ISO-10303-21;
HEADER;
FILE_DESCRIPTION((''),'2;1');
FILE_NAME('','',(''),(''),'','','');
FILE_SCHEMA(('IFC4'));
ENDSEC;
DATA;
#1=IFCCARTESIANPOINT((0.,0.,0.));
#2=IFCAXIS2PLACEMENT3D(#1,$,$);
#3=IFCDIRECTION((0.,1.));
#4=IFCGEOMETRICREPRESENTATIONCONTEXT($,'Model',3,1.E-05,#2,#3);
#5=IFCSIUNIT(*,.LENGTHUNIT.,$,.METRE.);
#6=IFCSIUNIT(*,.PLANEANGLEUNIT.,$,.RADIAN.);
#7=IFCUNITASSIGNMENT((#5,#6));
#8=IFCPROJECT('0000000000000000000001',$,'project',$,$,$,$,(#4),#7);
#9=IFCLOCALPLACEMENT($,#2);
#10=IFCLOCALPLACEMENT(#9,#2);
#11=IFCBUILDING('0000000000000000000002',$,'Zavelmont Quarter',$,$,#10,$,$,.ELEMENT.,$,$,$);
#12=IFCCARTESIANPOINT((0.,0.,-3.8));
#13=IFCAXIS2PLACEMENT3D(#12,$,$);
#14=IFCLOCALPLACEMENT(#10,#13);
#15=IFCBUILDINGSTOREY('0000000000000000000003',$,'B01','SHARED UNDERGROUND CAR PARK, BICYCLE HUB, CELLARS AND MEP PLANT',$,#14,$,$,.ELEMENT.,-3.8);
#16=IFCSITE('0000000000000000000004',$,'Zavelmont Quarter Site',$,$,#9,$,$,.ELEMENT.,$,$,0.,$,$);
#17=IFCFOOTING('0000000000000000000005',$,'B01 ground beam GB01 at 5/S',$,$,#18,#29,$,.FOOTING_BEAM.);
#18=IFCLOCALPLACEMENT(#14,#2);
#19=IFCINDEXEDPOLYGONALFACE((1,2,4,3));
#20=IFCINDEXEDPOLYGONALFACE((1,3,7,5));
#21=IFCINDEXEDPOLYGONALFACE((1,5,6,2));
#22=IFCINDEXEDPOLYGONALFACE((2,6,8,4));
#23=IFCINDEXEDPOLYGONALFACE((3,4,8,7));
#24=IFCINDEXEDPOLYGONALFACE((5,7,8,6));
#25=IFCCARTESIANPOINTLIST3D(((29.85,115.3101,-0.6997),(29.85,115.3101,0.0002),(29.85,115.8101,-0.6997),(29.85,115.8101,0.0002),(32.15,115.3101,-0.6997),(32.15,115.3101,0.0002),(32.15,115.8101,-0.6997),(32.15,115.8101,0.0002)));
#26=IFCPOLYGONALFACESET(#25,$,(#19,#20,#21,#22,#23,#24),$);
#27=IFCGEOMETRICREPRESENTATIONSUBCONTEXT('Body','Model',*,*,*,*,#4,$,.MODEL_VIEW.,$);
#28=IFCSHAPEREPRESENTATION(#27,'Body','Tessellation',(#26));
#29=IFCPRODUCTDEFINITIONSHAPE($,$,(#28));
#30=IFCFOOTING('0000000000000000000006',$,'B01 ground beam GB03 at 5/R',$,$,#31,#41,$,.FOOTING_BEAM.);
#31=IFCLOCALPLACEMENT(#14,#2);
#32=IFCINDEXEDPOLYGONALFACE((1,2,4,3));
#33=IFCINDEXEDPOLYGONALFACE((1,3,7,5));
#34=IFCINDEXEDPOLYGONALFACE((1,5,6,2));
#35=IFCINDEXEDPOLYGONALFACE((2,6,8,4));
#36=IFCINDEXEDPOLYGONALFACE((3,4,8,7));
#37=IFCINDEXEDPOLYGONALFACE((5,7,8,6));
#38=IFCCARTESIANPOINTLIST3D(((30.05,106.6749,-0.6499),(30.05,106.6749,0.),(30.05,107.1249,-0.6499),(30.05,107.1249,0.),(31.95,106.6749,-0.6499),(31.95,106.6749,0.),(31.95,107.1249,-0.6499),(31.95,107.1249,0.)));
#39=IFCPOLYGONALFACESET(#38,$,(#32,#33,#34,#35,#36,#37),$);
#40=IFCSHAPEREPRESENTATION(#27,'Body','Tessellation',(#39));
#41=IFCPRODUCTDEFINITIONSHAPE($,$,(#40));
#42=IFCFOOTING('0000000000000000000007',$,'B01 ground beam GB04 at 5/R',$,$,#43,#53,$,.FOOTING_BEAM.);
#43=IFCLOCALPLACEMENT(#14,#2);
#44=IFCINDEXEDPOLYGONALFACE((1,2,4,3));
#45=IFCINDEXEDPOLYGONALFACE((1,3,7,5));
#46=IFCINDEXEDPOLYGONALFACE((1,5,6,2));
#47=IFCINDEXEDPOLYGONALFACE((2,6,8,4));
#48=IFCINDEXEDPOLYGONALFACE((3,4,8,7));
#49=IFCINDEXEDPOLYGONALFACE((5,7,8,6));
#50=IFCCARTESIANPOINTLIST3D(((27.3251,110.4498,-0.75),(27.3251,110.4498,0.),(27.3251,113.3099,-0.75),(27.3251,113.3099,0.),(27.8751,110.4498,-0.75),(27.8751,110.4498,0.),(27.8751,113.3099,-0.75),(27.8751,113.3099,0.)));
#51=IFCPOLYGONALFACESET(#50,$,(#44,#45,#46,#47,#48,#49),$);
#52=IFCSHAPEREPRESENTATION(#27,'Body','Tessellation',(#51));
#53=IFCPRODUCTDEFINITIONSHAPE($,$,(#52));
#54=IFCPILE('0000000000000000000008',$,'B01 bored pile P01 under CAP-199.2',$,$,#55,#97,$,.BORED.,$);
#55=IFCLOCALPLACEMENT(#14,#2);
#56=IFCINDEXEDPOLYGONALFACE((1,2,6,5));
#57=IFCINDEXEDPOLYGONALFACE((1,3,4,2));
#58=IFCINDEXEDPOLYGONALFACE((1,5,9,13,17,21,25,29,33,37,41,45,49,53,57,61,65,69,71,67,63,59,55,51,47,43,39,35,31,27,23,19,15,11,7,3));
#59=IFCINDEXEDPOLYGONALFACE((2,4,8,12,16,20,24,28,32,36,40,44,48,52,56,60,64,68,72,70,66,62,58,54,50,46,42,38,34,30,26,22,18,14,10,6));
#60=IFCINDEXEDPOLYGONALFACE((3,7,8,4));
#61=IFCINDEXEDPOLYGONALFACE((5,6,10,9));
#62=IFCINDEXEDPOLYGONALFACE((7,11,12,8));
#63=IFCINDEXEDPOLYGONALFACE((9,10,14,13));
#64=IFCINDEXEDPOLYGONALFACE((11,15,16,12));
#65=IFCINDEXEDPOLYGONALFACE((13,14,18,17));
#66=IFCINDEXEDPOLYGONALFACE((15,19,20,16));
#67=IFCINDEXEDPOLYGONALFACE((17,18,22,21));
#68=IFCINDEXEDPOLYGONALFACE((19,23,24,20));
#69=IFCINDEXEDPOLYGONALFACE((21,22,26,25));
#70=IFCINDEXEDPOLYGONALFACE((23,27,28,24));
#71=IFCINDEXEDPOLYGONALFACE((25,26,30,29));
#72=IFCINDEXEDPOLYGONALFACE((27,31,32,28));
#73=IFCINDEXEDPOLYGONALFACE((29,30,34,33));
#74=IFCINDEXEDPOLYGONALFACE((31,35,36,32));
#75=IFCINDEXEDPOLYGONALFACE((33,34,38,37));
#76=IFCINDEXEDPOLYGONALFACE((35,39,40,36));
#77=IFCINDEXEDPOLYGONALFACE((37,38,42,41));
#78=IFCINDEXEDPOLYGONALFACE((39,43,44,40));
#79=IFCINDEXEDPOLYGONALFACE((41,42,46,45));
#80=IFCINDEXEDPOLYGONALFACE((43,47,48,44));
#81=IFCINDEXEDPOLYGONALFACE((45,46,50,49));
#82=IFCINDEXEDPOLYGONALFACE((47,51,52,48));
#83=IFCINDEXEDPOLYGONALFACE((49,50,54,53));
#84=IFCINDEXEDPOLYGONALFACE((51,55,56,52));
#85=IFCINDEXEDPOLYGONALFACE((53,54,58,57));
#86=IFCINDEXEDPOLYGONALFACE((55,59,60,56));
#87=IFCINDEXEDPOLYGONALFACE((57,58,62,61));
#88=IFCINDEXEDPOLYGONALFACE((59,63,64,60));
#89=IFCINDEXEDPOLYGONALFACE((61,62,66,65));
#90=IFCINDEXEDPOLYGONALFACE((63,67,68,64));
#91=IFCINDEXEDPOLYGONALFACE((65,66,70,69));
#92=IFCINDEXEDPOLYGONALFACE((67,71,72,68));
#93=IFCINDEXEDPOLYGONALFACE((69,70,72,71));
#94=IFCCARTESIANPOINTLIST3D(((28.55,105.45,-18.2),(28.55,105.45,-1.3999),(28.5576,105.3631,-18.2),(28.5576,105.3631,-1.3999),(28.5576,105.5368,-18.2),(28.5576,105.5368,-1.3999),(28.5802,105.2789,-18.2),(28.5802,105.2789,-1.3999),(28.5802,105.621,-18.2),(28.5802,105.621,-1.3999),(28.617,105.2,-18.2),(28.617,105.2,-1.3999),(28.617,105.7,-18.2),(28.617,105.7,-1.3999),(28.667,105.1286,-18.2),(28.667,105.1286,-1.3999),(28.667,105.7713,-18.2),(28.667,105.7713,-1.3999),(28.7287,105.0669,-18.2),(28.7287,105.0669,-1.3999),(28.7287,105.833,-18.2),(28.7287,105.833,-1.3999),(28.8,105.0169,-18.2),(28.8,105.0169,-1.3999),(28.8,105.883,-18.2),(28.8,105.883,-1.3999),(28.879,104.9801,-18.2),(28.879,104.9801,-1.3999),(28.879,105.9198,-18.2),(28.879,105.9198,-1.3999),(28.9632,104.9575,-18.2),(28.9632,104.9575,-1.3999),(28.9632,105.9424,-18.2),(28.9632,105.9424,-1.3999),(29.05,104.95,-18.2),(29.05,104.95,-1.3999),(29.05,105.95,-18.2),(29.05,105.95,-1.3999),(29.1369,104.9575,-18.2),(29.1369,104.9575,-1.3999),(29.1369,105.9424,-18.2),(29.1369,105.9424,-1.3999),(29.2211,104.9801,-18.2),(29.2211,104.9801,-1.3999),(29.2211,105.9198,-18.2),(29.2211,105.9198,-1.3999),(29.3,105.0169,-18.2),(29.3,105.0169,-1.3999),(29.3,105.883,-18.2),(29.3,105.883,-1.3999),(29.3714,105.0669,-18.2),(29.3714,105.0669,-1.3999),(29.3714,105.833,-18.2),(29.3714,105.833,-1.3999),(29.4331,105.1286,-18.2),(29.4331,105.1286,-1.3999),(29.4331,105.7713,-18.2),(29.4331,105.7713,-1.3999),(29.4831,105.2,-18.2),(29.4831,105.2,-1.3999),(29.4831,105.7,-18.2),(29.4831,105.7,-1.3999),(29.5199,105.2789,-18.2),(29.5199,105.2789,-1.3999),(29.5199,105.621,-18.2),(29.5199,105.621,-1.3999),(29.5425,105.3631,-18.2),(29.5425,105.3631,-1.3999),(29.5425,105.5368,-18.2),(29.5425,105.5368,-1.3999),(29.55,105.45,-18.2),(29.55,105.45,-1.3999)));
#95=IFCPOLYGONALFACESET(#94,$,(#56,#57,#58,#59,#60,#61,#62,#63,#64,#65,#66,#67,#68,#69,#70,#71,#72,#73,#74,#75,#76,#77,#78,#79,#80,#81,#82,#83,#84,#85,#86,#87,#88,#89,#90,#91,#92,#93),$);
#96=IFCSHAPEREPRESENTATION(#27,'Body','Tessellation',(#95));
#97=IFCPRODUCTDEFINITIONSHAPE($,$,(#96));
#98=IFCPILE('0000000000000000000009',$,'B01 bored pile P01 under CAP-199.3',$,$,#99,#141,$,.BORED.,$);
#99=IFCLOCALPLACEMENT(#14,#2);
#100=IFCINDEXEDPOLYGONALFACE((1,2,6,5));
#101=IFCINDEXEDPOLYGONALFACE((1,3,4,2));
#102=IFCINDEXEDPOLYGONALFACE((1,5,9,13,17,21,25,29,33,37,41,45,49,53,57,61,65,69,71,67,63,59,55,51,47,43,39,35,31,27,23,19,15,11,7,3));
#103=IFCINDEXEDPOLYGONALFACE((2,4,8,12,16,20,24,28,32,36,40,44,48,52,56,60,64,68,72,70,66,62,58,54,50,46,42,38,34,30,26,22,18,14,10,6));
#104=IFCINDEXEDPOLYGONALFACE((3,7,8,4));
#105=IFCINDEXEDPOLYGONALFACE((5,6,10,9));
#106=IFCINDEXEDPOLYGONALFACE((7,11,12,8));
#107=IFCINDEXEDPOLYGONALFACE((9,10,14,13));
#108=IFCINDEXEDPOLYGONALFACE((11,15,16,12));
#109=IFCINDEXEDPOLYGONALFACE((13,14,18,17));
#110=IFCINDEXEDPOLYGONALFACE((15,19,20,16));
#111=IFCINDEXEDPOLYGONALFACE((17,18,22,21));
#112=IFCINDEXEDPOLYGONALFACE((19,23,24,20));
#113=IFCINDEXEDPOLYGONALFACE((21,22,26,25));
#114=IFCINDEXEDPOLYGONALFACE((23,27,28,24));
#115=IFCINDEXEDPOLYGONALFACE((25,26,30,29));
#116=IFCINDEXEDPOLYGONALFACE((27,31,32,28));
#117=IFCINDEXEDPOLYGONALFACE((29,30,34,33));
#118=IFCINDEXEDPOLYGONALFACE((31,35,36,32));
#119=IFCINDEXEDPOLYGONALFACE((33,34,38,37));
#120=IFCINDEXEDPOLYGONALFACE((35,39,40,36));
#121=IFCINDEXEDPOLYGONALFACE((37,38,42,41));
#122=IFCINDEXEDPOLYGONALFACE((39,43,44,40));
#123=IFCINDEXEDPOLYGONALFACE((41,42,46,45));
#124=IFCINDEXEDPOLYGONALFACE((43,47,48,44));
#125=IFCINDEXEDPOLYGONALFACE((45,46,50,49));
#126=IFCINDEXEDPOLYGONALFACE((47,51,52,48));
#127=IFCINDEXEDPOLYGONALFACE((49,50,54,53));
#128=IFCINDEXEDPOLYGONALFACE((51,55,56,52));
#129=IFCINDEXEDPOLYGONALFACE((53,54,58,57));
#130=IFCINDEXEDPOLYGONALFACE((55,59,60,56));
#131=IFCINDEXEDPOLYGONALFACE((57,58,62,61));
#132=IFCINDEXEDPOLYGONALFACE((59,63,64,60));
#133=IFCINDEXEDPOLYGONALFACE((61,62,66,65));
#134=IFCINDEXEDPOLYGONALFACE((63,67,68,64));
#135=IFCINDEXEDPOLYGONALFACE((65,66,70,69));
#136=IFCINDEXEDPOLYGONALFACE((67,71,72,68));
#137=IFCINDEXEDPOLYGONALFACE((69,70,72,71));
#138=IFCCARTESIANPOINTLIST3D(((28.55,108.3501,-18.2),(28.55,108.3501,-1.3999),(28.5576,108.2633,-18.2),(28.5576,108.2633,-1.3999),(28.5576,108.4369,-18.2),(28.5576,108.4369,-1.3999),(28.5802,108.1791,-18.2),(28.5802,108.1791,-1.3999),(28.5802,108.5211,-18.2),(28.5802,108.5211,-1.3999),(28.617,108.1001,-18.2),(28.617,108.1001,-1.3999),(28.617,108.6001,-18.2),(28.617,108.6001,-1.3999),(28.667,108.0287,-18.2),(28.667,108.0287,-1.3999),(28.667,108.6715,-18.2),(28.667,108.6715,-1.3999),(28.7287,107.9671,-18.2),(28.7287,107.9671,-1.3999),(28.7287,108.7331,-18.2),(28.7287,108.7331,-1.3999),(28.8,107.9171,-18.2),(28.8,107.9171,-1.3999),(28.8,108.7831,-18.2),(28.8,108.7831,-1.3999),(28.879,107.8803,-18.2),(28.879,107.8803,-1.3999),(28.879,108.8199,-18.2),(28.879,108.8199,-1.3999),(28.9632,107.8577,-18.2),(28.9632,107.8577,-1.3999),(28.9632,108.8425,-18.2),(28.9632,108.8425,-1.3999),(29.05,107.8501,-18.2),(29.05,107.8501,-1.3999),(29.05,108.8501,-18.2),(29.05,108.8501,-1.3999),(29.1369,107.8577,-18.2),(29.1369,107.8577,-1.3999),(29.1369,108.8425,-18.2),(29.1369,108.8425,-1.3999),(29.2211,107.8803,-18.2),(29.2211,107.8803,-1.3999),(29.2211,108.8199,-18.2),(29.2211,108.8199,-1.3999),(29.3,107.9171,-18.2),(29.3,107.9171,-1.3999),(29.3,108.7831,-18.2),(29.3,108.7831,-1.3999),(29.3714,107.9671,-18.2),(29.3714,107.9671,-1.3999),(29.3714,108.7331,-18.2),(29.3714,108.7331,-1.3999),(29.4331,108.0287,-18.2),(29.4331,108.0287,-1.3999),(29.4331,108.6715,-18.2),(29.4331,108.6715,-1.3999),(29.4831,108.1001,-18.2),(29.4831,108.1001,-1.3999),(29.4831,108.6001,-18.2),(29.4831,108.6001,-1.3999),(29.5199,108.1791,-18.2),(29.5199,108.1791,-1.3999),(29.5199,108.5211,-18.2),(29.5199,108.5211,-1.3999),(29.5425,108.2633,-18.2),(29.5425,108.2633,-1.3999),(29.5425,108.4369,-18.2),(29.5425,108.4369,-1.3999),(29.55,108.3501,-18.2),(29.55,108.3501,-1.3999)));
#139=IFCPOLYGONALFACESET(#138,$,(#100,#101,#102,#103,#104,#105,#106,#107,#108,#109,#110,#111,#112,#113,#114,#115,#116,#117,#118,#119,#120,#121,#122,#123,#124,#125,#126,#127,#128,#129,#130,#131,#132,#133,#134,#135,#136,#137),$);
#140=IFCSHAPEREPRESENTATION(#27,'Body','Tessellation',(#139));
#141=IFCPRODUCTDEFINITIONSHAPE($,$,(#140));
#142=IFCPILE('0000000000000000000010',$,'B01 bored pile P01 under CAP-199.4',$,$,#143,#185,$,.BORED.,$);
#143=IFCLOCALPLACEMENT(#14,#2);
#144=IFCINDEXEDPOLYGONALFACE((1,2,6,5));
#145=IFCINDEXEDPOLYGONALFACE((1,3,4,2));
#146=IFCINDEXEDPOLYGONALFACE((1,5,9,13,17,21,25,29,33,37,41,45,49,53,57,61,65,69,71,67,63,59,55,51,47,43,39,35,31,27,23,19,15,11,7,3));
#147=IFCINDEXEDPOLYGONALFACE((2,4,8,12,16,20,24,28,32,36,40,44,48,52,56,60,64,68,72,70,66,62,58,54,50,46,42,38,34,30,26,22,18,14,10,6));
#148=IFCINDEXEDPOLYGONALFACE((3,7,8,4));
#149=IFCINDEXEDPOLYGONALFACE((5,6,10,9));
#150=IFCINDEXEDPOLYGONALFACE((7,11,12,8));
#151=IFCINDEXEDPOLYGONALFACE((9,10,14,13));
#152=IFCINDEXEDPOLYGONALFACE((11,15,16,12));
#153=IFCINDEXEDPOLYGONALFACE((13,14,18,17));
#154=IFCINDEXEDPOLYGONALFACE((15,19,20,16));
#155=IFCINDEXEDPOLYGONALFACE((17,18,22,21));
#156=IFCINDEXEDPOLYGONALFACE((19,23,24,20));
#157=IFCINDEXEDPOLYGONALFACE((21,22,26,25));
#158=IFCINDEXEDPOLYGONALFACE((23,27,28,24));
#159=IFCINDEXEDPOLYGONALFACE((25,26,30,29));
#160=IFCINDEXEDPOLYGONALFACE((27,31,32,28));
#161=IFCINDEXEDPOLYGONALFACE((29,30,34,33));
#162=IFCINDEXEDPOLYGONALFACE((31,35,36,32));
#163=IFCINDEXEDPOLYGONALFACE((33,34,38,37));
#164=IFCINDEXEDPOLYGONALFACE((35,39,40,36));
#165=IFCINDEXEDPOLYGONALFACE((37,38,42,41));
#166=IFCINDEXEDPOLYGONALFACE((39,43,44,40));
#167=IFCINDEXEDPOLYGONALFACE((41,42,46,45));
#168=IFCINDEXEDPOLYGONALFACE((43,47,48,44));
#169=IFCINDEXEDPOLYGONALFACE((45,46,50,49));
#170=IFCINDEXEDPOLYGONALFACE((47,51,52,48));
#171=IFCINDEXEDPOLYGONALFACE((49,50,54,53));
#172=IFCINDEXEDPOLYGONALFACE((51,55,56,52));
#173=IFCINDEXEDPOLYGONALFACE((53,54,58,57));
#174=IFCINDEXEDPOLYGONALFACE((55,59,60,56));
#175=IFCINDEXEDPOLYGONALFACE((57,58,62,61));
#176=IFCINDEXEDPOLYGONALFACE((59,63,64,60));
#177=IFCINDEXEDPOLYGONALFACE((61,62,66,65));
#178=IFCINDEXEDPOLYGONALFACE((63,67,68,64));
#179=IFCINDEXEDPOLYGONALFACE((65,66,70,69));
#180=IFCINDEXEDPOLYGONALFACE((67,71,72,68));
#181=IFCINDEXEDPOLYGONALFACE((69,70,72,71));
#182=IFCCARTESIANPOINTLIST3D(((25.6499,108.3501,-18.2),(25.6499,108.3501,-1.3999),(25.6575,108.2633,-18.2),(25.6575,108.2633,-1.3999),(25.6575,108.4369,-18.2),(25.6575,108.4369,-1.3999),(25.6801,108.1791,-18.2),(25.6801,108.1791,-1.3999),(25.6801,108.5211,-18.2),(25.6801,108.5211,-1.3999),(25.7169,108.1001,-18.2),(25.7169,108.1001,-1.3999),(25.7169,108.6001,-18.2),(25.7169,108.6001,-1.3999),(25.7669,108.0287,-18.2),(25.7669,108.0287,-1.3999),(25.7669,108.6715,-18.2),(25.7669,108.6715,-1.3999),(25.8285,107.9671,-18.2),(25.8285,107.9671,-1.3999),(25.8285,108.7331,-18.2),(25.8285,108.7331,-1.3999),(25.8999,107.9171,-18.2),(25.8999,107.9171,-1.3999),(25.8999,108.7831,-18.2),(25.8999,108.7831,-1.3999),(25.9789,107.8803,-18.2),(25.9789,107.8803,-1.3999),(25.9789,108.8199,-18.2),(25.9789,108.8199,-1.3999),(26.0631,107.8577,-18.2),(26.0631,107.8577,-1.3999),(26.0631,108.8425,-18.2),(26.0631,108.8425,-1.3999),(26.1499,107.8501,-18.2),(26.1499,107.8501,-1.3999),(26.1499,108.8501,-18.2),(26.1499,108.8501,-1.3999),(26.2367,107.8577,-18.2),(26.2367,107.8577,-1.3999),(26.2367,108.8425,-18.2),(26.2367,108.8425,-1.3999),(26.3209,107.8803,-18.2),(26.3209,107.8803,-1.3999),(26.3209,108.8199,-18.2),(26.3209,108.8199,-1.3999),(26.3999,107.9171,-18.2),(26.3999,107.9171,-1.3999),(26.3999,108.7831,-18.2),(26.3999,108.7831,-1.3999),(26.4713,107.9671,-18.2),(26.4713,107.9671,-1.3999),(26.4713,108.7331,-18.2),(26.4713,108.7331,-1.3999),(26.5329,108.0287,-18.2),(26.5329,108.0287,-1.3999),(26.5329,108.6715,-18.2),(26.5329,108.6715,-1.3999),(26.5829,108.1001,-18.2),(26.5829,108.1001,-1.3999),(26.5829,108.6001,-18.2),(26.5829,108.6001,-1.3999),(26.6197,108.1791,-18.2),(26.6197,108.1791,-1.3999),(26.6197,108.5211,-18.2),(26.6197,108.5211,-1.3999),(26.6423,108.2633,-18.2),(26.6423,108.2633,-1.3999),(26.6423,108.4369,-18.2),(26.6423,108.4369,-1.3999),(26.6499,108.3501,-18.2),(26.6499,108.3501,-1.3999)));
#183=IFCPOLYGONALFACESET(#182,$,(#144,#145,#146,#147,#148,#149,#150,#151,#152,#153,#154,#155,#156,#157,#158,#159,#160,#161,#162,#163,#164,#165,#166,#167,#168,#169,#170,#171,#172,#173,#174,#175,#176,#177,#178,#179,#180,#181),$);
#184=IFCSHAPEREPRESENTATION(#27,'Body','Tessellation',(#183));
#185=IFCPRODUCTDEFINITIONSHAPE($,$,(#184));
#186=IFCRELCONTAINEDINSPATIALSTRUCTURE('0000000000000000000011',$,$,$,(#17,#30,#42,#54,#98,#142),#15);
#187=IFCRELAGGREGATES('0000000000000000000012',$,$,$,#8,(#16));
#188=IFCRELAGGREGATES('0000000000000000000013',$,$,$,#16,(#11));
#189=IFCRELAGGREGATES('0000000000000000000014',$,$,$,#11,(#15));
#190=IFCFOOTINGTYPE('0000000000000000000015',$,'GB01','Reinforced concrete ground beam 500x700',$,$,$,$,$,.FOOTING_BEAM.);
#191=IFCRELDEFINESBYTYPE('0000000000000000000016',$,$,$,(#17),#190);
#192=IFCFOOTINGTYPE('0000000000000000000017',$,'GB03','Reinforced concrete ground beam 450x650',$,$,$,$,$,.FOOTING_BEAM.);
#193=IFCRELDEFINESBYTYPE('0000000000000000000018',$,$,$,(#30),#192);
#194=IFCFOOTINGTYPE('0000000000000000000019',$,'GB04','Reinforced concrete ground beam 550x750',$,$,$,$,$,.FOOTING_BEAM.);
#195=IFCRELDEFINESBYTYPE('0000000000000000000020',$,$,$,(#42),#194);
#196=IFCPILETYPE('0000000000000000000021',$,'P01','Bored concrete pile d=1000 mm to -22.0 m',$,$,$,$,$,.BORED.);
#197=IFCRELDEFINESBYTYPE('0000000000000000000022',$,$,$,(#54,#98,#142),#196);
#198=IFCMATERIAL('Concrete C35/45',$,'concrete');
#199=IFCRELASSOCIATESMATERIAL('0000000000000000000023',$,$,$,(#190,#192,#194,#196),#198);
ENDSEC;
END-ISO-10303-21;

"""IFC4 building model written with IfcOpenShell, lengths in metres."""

from ifc_helpers import new_model, si_unit, direction, frame, origin, origin_2d, place, context, subcontext, project, spatial, rectangle, circle, extrude, material, material_profile, profile_set, type_object, element, save


model = new_model("IFC4")

# Units and contexts
model_context = context("Model", 3, precision=1e-05, world=origin(), true_north=direction((0.0, 1.0)))
body_context = subcontext(model_context, "Body", "Model", "MODEL_VIEW")
ifc_project = project(units=[si_unit("LENGTHUNIT", "METRE"), si_unit("PLANEANGLEUNIT", "RADIAN")], contexts=[model_context])

# Site, building, storey
site_placement = place(None, origin())
site = spatial("IfcSite", under=ifc_project, at=site_placement, Name="Zavelmont Quarter Site", CompositionType="ELEMENT", RefElevation=0.0)
building_placement = place(site_placement, origin())
building = spatial("IfcBuilding", under=site, at=building_placement, Name="Zavelmont Quarter", CompositionType="ELEMENT")
storey_placement = place(building_placement, frame((0.0, 0.0, -3.8)))
storey = spatial("IfcBuildingStorey", under=building, at=storey_placement, Name="B01", Description="SHARED UNDERGROUND CAR PARK, BICYCLE HUB, CELLARS AND MEP PLANT", CompositionType="ELEMENT", Elevation=-3.8)

# Footings
ifc_material_1 = material(Name="Concrete C35/45", Category="concrete")
footing_type_1 = type_object("IfcFootingType", Name="GB01", Description="Reinforced concrete ground beam 500x700", PredefinedType="FOOTING_BEAM", material=ifc_material_1)
footing_1_placement = place(storey_placement, frame((31.0, 115.5601, -0.6997), z_axis=(0.0, 0.0, 1.0), x_axis=(1.0, 0.0, 0.0)))
element("IfcFooting", 1, at=footing_1_placement, inside=storey, type_object=footing_type_1, Name="B01 ground beam GB01 at 5/S", PredefinedType="FOOTING_BEAM", context=body_context, shape_type="SweptSolid", body=[
    extrude(rectangle(XDim=2.3, YDim=0.5, at=origin_2d()), origin(), (0.0, 0.0, 1.0), 0.7),
])
footing_type_2 = type_object("IfcFootingType", Name="GB03", Description="Reinforced concrete ground beam 450x650", PredefinedType="FOOTING_BEAM", material=ifc_material_1)
footing_2_placement = place(storey_placement, frame((31.0, 106.8999, -0.6499), z_axis=(0.0, 0.0, 1.0), x_axis=(1.0, 0.0, 0.0)))
element("IfcFooting", 2, at=footing_2_placement, inside=storey, type_object=footing_type_2, Name="B01 ground beam GB03 at 5/R", PredefinedType="FOOTING_BEAM", context=body_context, shape_type="SweptSolid", body=[
    extrude(rectangle(XDim=1.8999, YDim=0.45, at=origin_2d()), origin(), (0.0, 0.0, 1.0), 0.6499),
])
footing_type_3 = type_object("IfcFootingType", Name="GB04", Description="Reinforced concrete ground beam 550x750", PredefinedType="FOOTING_BEAM", material=ifc_material_1)
footing_3_placement = place(storey_placement, frame((27.6001, 111.8799, -0.75), z_axis=(0.0, 0.0, 1.0), x_axis=(0.0, 1.0, 0.0)))
element("IfcFooting", 3, at=footing_3_placement, inside=storey, type_object=footing_type_3, Name="B01 ground beam GB04 at 5/R", PredefinedType="FOOTING_BEAM", context=body_context, shape_type="SweptSolid", body=[
    extrude(rectangle(XDim=2.8601, YDim=0.55, at=origin_2d()), origin(), (0.0, 0.0, 1.0), 0.75),
])

# Piles
ifc_material_profile_1 = material_profile(ifc_material_1, circle(Radius=0.5, at=origin_2d()), Name="BP1000")
ifc_profile_set_1 = profile_set([ifc_material_profile_1], Name="Concrete C35/45")
pile_type_1 = type_object("IfcPileType", Name="P01", Description="Bored concrete pile d=1000 mm to -22.0 m", PredefinedType="BORED", material=ifc_profile_set_1)
for number, where, z_axis, x_axis, name in (
    (4, (29.05, 105.45, -1.3999), (0.0, 0.0, -1.0), (1.0, 0.0, 0.0), "B01 bored pile P01 under CAP-199.2"),
    (5, (29.05, 108.3501, -1.3999), (0.0, 0.0, -1.0), (1.0, 0.0, 0.0), "B01 bored pile P01 under CAP-199.3"),
    (6, (26.1499, 108.3501, -1.3999), (0.0, 0.0, -1.0), (1.0, 0.0, 0.0), "B01 bored pile P01 under CAP-199.4"),
):
    element("IfcPile", number, at=place(storey_placement, frame(where, z_axis=z_axis, x_axis=x_axis)), inside=storey, type_object=pile_type_1, Name=name, PredefinedType="BORED", context=body_context, shape_type="SweptSolid", body=[
        extrude(circle(Radius=0.5, at=origin_2d()), origin(), (0.0, 0.0, 1.0), 16.8),
    ])

save(model, "model.ifc")
